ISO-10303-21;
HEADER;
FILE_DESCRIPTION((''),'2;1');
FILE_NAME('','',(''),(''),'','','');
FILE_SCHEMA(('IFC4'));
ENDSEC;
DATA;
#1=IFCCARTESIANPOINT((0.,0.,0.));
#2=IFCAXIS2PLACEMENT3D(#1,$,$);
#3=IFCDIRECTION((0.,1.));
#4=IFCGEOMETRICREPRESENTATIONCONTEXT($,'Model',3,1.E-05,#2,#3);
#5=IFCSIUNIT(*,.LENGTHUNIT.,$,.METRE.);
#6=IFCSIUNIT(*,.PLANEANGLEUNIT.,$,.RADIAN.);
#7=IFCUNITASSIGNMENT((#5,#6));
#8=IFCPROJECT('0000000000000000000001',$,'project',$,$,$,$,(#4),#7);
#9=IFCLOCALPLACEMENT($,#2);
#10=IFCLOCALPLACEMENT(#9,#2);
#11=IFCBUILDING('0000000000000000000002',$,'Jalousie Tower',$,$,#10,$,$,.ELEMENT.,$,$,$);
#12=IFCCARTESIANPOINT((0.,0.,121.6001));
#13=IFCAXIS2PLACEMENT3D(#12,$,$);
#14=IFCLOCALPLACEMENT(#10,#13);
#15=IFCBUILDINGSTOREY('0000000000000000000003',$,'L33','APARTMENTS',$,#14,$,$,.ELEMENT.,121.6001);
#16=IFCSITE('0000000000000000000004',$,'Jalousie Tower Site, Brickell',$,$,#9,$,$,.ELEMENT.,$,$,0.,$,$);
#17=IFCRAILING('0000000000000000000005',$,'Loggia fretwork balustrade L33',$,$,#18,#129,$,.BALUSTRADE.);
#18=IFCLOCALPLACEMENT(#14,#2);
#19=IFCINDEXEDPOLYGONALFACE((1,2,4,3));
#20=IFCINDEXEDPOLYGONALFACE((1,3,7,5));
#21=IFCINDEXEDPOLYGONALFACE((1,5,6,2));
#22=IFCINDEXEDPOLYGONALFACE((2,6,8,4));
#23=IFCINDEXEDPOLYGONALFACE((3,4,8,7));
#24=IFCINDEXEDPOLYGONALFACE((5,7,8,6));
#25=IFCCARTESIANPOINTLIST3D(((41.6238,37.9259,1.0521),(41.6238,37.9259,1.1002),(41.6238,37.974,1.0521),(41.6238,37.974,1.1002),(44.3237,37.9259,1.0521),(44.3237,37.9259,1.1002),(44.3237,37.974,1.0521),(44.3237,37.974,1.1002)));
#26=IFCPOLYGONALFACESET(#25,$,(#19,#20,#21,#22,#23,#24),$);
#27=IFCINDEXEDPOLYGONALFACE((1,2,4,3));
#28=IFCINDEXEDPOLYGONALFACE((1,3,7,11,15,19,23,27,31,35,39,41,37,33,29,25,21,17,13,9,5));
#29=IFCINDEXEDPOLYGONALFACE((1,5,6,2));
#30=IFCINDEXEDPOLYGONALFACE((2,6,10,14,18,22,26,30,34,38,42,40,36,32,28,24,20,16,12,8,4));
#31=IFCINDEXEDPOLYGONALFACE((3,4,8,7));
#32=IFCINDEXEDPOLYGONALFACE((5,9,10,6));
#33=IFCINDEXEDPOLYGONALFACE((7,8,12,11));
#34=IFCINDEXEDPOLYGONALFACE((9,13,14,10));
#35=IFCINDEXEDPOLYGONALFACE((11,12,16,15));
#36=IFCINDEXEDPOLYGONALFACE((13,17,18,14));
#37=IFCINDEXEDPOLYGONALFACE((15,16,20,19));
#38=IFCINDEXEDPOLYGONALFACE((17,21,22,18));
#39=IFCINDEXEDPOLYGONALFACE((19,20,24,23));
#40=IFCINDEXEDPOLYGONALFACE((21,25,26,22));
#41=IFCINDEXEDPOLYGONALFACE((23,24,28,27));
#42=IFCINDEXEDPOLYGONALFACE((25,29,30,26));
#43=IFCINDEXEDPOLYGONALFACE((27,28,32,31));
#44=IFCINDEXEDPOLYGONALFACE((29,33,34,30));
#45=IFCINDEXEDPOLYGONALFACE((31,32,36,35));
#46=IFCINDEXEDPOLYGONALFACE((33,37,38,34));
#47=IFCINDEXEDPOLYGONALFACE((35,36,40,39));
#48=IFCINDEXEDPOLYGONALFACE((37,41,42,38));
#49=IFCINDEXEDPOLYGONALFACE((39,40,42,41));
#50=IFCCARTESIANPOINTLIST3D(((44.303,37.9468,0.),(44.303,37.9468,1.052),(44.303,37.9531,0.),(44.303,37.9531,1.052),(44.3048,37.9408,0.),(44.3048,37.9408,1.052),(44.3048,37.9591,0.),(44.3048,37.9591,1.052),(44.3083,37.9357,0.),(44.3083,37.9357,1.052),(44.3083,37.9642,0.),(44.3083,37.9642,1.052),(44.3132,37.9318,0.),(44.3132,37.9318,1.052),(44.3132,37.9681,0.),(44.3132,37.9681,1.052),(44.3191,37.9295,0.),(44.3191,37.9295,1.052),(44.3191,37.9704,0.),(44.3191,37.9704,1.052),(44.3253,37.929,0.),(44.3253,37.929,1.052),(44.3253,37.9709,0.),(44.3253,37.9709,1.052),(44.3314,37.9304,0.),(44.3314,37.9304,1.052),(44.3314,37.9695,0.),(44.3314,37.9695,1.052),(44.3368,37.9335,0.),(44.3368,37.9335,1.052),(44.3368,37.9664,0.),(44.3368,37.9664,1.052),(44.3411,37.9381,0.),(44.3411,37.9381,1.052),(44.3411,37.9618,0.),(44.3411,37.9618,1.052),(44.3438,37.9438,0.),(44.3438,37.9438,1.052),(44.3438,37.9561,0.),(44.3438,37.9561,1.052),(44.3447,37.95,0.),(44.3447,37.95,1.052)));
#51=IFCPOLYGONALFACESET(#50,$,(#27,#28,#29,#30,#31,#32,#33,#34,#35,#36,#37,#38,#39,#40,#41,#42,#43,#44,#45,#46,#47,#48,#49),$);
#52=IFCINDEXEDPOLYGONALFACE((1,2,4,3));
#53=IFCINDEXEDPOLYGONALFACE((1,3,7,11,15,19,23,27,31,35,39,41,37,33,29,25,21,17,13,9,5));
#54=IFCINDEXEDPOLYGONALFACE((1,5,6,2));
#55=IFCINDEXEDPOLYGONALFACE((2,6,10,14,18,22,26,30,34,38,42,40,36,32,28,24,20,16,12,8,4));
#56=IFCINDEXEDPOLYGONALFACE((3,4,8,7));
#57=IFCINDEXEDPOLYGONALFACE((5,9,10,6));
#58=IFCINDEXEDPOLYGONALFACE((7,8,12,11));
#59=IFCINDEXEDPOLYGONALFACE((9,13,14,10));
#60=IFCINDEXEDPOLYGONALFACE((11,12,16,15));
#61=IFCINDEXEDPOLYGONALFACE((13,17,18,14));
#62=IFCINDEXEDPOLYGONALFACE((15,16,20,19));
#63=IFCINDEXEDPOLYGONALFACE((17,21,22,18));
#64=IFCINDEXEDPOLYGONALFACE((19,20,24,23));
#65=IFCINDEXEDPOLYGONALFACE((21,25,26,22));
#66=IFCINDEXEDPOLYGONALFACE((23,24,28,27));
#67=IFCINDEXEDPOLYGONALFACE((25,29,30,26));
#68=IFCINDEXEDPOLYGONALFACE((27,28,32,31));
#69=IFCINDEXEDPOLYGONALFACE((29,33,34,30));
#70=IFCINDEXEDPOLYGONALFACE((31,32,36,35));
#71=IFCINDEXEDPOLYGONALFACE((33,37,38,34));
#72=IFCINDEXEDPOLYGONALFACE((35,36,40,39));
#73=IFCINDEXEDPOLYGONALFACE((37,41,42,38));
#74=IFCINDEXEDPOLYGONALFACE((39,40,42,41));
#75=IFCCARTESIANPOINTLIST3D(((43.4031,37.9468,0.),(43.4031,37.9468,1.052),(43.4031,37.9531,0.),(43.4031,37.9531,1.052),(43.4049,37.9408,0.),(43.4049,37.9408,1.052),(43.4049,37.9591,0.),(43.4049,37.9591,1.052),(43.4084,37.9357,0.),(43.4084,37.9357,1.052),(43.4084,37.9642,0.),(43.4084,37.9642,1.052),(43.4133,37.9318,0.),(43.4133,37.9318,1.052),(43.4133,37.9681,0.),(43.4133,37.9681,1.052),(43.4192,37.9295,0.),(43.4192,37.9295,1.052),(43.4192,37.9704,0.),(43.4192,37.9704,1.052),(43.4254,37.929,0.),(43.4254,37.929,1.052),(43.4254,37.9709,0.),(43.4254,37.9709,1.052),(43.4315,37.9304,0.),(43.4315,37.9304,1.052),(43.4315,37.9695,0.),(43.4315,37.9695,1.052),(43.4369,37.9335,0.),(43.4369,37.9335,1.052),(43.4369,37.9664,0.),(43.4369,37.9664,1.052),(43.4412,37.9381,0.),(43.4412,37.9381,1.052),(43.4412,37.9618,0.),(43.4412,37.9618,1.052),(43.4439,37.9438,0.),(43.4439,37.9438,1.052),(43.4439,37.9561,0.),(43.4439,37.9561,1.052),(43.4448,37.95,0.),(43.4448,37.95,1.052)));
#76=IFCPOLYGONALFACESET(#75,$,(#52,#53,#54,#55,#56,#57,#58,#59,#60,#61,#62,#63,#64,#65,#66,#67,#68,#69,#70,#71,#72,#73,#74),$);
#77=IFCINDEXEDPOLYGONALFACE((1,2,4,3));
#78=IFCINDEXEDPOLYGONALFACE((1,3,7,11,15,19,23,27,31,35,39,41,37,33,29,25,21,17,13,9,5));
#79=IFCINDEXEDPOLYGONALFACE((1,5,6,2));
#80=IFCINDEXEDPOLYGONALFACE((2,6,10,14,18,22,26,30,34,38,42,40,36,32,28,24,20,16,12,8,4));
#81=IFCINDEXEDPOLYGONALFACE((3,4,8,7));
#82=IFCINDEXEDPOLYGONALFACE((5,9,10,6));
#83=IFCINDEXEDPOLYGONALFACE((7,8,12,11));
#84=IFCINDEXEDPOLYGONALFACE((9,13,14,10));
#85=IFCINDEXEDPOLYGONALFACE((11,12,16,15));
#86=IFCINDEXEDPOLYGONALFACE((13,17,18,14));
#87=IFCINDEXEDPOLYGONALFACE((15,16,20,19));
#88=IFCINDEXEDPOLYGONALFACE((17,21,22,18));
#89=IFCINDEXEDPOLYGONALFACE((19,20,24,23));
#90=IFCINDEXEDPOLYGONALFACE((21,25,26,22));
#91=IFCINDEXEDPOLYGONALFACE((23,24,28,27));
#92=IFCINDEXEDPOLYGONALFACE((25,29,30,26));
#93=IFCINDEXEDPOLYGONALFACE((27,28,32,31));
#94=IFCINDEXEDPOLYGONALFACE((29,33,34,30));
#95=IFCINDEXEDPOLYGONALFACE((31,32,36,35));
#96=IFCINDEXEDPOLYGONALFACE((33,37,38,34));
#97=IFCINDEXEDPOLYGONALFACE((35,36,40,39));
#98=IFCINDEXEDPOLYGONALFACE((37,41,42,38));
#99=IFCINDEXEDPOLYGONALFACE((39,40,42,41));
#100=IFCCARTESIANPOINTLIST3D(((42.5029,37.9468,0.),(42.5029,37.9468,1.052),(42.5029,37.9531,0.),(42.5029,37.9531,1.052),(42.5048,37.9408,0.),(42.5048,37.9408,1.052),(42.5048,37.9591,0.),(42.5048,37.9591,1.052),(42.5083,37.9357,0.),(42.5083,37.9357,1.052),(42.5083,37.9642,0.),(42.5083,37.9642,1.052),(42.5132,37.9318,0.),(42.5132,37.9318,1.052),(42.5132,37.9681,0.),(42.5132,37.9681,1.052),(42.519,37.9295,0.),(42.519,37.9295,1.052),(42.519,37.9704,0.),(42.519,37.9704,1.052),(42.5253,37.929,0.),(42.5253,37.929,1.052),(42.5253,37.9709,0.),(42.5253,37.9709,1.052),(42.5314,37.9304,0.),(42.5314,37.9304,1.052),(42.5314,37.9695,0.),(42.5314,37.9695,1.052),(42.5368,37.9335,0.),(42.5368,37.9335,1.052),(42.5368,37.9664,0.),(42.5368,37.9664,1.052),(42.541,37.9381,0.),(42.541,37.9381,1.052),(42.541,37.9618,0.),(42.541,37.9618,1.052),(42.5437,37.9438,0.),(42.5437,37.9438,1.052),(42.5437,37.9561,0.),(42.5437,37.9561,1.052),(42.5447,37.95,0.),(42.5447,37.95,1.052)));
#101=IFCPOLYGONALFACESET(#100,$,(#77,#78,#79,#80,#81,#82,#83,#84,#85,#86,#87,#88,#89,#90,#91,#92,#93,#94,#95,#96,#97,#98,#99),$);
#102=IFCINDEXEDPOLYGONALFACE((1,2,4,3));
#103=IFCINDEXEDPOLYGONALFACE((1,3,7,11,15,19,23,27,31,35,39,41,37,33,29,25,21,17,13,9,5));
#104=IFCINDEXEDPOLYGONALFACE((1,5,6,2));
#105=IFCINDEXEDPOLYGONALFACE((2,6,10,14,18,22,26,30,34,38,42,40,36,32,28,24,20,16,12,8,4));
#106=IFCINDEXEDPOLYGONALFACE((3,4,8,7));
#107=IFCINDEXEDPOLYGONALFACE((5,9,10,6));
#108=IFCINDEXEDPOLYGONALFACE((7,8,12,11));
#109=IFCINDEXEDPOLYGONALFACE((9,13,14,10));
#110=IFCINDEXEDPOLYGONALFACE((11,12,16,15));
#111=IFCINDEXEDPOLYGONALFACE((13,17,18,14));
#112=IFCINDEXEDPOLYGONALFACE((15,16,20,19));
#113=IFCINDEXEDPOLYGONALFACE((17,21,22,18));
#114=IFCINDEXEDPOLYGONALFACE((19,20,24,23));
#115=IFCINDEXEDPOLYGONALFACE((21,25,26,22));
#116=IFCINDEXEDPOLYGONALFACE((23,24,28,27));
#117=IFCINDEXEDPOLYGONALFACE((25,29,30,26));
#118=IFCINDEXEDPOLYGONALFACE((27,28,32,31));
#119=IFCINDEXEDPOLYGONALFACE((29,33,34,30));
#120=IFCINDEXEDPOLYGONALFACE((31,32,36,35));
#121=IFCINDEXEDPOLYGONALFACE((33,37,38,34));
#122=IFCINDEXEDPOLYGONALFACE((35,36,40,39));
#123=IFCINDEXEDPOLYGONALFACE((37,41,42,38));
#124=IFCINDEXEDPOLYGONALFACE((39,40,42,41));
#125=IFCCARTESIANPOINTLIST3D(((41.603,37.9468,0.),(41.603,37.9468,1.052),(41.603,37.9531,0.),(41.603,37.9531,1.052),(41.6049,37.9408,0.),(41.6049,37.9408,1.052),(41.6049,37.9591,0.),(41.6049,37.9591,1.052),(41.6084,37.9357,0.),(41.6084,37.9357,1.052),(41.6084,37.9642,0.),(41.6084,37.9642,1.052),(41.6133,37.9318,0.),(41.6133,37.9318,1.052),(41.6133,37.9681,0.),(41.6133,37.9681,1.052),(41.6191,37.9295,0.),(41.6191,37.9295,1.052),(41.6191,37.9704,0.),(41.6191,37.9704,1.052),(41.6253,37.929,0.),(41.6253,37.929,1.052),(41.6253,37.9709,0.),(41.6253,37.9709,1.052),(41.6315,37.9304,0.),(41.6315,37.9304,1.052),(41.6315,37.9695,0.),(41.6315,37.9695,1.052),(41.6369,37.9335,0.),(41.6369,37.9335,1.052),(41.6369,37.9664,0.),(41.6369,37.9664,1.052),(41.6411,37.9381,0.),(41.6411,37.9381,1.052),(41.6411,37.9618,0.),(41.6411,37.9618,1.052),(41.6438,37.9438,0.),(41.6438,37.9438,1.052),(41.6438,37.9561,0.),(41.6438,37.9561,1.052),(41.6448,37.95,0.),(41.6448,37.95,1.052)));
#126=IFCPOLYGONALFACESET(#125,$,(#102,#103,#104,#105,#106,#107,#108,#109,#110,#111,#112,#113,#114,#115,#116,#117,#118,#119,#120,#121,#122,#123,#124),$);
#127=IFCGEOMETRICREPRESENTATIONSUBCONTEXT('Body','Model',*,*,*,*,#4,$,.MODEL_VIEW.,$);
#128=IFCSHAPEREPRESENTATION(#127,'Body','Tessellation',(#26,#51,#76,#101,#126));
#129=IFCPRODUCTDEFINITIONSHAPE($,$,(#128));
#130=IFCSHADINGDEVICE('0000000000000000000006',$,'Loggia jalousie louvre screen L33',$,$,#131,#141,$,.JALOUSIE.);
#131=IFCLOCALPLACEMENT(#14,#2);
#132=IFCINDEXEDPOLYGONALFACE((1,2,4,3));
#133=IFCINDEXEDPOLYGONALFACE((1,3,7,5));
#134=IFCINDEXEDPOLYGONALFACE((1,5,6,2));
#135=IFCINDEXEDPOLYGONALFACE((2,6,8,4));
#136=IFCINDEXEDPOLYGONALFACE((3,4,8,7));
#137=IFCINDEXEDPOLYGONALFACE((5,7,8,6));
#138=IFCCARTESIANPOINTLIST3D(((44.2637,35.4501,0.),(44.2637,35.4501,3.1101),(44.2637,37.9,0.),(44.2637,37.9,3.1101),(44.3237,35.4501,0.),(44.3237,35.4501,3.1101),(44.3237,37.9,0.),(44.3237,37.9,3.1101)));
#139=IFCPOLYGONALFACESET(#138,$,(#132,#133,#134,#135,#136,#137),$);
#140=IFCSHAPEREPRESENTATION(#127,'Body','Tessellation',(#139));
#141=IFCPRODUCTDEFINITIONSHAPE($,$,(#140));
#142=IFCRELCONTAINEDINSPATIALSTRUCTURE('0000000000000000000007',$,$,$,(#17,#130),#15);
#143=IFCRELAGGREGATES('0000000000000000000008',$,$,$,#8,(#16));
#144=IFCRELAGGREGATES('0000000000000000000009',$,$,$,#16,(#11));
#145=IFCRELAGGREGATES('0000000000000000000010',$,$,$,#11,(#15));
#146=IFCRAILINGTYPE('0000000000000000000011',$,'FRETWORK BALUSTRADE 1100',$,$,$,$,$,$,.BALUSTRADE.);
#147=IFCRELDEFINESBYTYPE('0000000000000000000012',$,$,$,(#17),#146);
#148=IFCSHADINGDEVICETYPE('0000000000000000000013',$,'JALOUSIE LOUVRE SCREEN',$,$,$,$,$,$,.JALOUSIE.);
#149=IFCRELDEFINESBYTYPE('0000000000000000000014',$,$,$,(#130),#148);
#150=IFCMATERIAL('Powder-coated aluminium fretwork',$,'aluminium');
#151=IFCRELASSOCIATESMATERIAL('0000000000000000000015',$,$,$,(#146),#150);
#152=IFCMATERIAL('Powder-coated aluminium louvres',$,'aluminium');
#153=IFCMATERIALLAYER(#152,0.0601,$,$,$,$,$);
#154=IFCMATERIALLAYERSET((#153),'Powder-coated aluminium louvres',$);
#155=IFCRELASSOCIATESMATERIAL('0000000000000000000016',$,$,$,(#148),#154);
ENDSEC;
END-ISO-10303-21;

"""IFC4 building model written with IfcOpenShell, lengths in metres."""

from ifc_helpers import new_model, si_unit, direction, frame, origin, origin_2d, place, context, subcontext, project, spatial, rectangle, circle, extrude, material, layer, layer_set, type_object, element, save


model = new_model("IFC4")

# Units and contexts
model_context = context("Model", 3, precision=1e-05, world=origin(), true_north=direction((0.0, 1.0)))
body_context = subcontext(model_context, "Body", "Model", "MODEL_VIEW")
ifc_project = project(units=[si_unit("LENGTHUNIT", "METRE"), si_unit("PLANEANGLEUNIT", "RADIAN")], contexts=[model_context])

# Site, building, storey
site_placement = place(None, origin())
site = spatial("IfcSite", under=ifc_project, at=site_placement, Name="Jalousie Tower Site, Brickell", CompositionType="ELEMENT", RefElevation=0.0)
building_placement = place(site_placement, origin())
building = spatial("IfcBuilding", under=site, at=building_placement, Name="Jalousie Tower", CompositionType="ELEMENT")
storey_placement = place(building_placement, frame((0.0, 0.0, 121.6001)))
storey = spatial("IfcBuildingStorey", under=building, at=storey_placement, Name="L33", Description="APARTMENTS", CompositionType="ELEMENT", Elevation=121.6001)

# Railing
ifc_material_1 = material(Name="Powder-coated aluminium fretwork", Category="aluminium")
railing_type = type_object("IfcRailingType", Name="FRETWORK BALUSTRADE 1100", PredefinedType="BALUSTRADE", material=ifc_material_1)
railing_placement = place(storey_placement, frame((44.3237, 37.95, 0.0)))
element("IfcRailing", 1, at=railing_placement, inside=storey, type_object=railing_type, Name="Loggia fretwork balustrade L33", PredefinedType="BALUSTRADE", context=body_context, shape_type="SweptSolid", body=[
    extrude(rectangle(XDim=0.0481, YDim=0.0481, at=origin_2d()), frame((0.0, 0.0, 1.0762), z_axis=(-1.0, 0.0, 0.0), x_axis=(0.0, -1.0, 0.0)), (0.0, 0.0, 1.0), 2.7),
    extrude(circle(Radius=0.021, at=origin_2d()), origin(), (0.0, 0.0, 1.0), 1.052),
    extrude(circle(Radius=0.021, at=origin_2d()), frame((-0.8999, 0.0, 0.0)), (0.0, 0.0, 1.0), 1.052),
    extrude(circle(Radius=0.021, at=origin_2d()), frame((-1.8, 0.0, 0.0)), (0.0, 0.0, 1.0), 1.052),
    extrude(circle(Radius=0.021, at=origin_2d()), frame((-2.7, 0.0, 0.0)), (0.0, 0.0, 1.0), 1.052),
])

# Shading device
ifc_material_2 = material(Name="Powder-coated aluminium louvres", Category="aluminium")
ifc_layer_1 = layer(ifc_material_2, 0.0601)
ifc_layer_set_1 = layer_set([ifc_layer_1], Name="Powder-coated aluminium louvres")
shading_device_type_1 = type_object("IfcShadingDeviceType", Name="JALOUSIE LOUVRE SCREEN", PredefinedType="JALOUSIE", material=ifc_layer_set_1)
shading_device_placement = place(storey_placement, frame((44.2937, 36.675, 0.0), z_axis=(0.0, 0.0, 1.0), x_axis=(-1.0, 0.0, 0.0)))
element("IfcShadingDevice", 2, at=shading_device_placement, inside=storey, type_object=shading_device_type_1, Name="Loggia jalousie louvre screen L33", PredefinedType="JALOUSIE", context=body_context, shape_type="SweptSolid", body=[
    extrude(rectangle(XDim=0.0601, YDim=2.45, at=origin_2d()), origin(), (0.0, 0.0, 1.0), 3.1101),
])

save(model, "model.ifc")
